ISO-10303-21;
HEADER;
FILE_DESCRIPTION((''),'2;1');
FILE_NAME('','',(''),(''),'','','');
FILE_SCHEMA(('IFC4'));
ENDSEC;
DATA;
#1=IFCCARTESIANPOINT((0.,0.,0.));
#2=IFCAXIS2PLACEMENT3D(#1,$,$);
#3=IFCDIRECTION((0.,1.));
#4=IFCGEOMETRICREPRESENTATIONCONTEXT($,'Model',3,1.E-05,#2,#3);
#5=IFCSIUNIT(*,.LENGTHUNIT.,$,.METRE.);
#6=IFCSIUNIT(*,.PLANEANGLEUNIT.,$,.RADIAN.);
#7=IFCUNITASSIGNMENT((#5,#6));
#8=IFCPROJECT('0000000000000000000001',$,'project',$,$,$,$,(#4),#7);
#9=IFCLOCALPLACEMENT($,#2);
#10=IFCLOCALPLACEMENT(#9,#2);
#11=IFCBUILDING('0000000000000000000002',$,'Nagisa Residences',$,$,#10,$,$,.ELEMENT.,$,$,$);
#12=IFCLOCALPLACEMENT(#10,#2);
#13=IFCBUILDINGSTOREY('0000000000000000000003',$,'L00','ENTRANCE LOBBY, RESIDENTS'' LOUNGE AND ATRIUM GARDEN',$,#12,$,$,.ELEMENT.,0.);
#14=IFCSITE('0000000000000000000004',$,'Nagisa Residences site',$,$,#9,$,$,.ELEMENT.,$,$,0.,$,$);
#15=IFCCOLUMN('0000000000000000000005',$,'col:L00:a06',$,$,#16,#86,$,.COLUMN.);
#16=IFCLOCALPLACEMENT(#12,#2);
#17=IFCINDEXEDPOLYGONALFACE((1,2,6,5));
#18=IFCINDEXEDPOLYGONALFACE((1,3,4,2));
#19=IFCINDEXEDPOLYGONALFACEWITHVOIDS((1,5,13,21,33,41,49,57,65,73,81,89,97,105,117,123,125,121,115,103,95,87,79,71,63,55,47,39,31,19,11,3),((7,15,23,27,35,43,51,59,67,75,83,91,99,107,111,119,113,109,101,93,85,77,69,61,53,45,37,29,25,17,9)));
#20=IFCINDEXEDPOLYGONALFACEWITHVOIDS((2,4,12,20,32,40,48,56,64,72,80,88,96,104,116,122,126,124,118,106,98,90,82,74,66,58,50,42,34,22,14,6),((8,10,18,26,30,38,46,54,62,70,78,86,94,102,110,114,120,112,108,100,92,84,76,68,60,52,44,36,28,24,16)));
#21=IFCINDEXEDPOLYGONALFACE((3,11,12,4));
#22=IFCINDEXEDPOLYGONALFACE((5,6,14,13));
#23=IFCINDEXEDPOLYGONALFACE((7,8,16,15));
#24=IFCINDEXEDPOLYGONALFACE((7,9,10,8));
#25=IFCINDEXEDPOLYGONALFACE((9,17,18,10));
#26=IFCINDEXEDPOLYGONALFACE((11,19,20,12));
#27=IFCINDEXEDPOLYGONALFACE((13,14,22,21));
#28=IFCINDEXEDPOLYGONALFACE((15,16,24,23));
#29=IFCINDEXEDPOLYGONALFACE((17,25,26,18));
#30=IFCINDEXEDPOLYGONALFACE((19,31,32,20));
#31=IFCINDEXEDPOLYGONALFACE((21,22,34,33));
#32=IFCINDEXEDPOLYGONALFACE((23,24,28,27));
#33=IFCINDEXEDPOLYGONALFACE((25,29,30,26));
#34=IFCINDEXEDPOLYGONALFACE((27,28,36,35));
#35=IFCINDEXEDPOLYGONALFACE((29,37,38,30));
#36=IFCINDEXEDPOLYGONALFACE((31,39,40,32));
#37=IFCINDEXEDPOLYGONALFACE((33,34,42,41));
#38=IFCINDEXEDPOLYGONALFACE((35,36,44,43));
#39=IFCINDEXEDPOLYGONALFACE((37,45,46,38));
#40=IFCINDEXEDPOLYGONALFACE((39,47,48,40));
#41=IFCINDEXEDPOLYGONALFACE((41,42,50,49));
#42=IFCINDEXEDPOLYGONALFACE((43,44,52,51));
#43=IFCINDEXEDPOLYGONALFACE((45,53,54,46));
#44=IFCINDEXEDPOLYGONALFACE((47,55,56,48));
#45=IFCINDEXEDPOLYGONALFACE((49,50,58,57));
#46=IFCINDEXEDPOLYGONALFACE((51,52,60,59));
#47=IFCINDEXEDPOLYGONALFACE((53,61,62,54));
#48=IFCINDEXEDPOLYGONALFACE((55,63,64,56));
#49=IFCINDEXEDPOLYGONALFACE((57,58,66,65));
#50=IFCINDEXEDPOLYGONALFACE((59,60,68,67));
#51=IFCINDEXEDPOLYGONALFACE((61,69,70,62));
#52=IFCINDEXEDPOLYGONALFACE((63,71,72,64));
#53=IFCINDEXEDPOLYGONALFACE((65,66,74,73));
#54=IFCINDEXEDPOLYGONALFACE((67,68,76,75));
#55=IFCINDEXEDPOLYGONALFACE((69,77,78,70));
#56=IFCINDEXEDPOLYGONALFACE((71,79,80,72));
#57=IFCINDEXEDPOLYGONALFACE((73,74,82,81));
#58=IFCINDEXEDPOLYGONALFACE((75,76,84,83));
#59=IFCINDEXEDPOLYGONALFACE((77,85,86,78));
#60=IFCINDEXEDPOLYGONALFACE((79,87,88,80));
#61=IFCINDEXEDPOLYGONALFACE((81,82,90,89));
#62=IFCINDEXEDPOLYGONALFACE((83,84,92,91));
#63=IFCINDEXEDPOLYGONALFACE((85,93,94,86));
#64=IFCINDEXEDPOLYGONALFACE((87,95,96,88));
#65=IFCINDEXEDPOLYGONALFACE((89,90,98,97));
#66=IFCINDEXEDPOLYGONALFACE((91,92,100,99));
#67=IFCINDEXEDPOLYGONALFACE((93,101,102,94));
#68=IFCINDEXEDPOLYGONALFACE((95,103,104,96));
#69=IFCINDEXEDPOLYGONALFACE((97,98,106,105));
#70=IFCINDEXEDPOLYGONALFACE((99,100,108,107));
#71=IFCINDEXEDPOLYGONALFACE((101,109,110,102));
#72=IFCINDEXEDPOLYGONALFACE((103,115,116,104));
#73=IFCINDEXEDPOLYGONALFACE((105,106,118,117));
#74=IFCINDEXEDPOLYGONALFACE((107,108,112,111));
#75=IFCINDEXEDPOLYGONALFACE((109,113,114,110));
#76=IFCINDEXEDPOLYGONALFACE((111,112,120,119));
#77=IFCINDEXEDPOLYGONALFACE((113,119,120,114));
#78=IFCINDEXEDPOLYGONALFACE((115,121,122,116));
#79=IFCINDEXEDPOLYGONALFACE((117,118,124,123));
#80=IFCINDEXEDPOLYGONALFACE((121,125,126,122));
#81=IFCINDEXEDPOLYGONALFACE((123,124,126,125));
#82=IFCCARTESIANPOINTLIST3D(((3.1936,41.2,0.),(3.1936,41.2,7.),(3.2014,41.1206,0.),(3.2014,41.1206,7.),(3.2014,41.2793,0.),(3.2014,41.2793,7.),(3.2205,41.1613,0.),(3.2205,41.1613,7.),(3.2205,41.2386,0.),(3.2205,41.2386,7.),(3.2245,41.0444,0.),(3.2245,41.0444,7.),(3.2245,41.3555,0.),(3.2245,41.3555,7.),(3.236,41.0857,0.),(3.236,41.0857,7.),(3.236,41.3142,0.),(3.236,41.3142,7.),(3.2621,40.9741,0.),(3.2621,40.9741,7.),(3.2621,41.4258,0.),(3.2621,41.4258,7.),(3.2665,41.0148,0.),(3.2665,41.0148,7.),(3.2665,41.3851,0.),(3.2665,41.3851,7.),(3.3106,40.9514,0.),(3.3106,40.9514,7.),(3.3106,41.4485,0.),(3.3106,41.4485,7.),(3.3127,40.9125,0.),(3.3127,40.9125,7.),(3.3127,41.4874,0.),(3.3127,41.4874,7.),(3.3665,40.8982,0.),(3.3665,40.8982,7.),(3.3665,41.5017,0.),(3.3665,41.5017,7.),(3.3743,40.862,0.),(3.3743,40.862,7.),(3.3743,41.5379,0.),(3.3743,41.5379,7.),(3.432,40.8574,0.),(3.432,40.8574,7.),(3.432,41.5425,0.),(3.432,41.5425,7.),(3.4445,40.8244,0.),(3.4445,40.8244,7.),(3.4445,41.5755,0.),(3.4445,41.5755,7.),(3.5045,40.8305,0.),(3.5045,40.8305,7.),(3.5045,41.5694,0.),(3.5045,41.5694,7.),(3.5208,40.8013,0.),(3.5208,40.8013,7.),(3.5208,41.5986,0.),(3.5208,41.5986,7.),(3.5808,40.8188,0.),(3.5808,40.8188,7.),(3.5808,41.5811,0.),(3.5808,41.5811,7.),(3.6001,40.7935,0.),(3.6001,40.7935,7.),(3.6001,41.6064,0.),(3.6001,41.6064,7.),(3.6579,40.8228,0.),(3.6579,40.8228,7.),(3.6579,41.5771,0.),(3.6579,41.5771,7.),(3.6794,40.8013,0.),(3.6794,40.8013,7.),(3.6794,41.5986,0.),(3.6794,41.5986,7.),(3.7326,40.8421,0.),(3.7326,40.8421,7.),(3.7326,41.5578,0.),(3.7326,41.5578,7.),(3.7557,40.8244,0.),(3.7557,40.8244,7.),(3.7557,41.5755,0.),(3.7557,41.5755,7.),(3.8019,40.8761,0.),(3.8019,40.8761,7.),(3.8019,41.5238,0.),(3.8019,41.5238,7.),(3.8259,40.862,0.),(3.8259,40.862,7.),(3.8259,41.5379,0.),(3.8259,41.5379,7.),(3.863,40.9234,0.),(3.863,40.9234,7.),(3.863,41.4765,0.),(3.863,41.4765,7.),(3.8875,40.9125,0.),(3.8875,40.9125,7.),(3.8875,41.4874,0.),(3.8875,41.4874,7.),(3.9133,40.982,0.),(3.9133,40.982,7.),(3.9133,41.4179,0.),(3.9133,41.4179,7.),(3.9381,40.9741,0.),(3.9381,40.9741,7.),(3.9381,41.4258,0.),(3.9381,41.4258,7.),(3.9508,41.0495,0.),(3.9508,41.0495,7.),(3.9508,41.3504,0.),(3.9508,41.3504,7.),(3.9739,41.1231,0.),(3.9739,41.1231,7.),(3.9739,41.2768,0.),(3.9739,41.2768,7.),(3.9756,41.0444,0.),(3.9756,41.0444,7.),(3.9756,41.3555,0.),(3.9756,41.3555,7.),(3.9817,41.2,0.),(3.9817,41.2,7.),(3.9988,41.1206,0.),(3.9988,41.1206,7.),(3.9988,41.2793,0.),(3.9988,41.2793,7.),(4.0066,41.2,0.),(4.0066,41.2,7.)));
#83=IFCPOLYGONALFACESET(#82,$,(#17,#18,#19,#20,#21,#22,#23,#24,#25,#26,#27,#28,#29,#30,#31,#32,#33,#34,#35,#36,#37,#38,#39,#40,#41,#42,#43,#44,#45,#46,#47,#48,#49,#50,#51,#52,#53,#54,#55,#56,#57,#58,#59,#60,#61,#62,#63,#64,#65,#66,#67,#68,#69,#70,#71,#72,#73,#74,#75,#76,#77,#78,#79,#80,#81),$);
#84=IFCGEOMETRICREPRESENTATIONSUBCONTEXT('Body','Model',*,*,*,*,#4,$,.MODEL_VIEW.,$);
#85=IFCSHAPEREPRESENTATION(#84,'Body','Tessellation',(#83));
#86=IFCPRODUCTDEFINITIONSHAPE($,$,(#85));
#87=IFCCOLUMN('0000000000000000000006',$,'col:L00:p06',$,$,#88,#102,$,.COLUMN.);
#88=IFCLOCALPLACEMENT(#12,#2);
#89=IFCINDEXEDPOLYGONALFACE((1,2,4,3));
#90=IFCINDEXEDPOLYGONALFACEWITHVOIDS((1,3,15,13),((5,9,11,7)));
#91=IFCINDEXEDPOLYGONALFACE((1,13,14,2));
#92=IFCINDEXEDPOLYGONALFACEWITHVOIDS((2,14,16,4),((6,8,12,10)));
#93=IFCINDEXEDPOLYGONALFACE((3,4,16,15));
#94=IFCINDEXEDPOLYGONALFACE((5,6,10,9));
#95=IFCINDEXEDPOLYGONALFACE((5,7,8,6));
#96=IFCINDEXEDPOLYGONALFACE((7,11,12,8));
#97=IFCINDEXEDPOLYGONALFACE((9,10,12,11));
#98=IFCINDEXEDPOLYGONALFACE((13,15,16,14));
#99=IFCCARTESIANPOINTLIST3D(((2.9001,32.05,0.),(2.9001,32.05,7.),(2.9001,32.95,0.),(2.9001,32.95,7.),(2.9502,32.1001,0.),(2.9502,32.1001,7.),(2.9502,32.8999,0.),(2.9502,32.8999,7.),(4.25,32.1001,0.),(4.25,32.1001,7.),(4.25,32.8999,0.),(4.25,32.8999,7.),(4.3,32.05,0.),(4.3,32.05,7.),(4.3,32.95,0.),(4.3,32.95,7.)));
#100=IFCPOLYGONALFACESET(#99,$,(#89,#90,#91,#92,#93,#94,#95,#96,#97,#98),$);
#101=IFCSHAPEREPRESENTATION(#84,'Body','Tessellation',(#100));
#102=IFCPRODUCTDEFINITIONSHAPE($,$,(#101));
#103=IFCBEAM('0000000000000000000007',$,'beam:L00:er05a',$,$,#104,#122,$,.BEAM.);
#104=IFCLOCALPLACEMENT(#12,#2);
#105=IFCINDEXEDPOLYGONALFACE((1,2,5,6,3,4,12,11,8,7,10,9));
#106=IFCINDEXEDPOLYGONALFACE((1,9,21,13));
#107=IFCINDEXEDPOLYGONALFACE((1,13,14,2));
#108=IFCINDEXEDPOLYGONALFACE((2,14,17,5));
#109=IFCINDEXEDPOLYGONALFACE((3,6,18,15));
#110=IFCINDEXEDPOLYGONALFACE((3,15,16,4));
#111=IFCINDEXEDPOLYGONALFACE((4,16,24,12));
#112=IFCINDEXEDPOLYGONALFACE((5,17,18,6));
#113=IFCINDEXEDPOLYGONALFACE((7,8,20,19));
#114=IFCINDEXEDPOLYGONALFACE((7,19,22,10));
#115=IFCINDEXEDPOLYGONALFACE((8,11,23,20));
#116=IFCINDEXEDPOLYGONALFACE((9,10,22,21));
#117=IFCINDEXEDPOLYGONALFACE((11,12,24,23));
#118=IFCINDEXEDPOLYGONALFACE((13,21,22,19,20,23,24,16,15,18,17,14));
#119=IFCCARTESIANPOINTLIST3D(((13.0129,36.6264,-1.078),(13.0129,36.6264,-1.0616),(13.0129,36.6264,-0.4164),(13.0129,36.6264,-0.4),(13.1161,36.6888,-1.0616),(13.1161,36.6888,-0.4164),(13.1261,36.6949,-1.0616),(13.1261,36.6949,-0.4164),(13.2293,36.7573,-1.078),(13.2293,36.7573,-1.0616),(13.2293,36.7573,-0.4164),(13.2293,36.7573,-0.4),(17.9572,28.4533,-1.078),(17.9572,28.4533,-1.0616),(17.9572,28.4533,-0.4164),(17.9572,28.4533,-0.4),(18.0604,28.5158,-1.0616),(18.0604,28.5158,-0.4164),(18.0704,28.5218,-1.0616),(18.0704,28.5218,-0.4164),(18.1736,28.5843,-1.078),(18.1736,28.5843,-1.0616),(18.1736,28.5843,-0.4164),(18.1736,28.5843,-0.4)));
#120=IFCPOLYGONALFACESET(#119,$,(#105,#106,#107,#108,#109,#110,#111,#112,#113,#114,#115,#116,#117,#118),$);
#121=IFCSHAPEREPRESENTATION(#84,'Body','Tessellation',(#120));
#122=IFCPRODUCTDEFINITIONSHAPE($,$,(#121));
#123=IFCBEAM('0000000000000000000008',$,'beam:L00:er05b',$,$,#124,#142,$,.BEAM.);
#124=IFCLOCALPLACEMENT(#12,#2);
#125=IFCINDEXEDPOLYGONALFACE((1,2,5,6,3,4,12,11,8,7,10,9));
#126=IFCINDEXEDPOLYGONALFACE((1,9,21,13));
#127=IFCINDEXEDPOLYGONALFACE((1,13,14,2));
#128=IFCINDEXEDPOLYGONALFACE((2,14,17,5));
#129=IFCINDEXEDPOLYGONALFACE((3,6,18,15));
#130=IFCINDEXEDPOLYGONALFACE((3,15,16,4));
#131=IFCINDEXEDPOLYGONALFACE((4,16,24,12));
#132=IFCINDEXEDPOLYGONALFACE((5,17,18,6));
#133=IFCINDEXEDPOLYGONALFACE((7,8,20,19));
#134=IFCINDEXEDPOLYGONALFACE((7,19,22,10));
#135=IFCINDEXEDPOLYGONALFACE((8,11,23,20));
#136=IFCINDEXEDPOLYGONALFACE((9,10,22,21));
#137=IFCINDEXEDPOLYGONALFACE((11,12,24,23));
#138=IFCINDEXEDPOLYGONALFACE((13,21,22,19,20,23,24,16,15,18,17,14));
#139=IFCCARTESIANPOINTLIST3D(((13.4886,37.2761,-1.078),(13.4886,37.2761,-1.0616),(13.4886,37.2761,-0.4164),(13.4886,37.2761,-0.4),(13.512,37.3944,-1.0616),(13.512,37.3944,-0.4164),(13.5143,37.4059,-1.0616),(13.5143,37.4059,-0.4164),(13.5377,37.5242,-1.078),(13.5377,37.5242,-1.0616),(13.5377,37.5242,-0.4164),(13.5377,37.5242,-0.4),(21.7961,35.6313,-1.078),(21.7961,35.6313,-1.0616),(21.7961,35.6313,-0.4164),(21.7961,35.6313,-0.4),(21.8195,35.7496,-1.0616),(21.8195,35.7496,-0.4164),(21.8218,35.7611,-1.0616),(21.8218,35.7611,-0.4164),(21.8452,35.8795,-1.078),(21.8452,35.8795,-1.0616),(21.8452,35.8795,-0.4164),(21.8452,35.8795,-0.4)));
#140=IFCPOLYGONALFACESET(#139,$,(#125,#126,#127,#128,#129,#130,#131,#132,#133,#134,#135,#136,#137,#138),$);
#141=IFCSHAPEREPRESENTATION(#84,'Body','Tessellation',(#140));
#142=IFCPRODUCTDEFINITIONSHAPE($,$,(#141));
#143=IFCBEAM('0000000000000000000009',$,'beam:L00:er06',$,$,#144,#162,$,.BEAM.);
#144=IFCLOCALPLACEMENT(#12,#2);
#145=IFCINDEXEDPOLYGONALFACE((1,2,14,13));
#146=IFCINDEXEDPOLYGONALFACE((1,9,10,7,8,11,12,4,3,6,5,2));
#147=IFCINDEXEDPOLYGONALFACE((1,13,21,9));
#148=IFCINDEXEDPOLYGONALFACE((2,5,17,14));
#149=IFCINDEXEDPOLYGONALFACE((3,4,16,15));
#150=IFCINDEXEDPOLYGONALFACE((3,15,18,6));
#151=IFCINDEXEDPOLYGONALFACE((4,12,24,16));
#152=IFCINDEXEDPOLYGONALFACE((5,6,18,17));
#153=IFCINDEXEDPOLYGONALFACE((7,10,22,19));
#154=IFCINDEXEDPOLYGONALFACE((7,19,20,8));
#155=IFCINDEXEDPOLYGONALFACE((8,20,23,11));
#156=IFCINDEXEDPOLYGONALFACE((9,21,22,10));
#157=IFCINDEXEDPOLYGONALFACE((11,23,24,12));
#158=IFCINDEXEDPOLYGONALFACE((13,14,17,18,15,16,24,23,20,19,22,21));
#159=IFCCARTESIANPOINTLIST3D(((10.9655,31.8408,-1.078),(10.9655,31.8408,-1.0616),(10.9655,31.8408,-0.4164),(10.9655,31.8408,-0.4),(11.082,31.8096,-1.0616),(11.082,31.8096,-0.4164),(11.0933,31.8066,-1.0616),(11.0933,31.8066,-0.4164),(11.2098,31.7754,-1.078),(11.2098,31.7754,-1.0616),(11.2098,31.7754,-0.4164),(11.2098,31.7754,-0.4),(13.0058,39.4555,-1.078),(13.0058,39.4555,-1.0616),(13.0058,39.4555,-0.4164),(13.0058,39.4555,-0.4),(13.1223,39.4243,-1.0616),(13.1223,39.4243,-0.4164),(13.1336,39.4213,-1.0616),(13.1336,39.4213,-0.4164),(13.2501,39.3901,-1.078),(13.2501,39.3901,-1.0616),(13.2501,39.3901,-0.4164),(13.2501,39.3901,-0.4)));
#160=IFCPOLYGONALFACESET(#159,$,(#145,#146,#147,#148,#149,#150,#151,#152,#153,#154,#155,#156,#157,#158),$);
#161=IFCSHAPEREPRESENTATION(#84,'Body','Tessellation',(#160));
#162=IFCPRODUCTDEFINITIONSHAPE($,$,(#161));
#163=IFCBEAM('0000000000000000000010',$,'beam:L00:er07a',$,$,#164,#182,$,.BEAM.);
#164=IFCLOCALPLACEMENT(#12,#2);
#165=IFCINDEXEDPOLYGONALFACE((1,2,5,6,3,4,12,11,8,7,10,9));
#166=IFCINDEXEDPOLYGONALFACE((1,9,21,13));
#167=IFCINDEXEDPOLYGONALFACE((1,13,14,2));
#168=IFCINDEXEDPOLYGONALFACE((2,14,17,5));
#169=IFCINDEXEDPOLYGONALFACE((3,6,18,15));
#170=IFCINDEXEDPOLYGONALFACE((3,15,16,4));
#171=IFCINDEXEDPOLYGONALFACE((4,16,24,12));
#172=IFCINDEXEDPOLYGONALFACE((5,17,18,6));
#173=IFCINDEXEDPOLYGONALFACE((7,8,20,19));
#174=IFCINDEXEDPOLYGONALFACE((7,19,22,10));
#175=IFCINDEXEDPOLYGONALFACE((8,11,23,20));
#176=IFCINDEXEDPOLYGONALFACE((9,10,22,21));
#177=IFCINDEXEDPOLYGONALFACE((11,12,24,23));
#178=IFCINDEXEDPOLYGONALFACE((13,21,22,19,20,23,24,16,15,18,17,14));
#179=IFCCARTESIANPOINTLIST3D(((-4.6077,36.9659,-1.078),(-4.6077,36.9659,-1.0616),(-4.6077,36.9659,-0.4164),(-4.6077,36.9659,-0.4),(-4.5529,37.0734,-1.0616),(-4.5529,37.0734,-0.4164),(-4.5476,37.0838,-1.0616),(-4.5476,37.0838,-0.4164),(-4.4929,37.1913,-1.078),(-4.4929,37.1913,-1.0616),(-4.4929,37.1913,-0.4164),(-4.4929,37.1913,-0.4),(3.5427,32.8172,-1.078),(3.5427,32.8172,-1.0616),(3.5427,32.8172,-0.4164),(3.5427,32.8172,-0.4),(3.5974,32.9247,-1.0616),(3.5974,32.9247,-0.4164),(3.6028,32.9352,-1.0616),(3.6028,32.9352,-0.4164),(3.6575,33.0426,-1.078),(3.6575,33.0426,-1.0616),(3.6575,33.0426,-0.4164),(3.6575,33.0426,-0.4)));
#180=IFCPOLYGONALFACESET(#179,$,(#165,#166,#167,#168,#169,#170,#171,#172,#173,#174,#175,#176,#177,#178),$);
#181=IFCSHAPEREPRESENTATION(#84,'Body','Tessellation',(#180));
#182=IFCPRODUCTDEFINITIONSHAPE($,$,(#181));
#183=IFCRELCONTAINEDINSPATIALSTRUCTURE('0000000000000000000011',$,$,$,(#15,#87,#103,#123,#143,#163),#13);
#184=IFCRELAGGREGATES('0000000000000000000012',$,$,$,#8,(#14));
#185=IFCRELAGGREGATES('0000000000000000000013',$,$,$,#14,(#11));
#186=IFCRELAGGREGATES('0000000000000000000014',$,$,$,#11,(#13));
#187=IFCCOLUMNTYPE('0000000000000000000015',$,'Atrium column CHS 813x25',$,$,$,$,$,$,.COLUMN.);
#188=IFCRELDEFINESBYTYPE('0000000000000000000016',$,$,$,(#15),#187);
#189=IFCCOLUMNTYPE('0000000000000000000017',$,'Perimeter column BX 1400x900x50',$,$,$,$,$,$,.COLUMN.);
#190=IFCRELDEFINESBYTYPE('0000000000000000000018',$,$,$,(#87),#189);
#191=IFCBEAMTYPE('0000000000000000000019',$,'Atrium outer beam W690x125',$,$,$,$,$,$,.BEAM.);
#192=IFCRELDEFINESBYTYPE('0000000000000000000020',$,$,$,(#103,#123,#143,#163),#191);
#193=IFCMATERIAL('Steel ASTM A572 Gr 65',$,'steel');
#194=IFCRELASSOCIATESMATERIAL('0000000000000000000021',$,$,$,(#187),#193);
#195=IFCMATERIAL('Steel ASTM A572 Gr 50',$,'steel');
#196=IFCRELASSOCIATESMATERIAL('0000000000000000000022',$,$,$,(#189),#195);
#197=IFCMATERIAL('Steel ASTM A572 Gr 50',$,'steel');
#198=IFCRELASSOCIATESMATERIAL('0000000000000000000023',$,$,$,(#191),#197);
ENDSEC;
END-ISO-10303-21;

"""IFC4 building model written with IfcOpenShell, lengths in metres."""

from ifc_helpers import new_model, si_unit, direction, frame, origin, origin_2d, place, context, subcontext, project, spatial, hollow_rectangle, hollow_circle, i_section, extrude, material, material_profile, profile_set, type_object, element, save


model = new_model("IFC4")

# Units and contexts
model_context = context("Model", 3, precision=1e-05, world=origin(), true_north=direction((0.0, 1.0)))
body_context = subcontext(model_context, "Body", "Model", "MODEL_VIEW")
ifc_project = project(units=[si_unit("LENGTHUNIT", "METRE"), si_unit("PLANEANGLEUNIT", "RADIAN")], contexts=[model_context])

# Site, building, storey
site_placement = place(None, origin())
site = spatial("IfcSite", under=ifc_project, at=site_placement, Name="Nagisa Residences site", CompositionType="ELEMENT", RefElevation=0.0)
building_placement = place(site_placement, origin())
building = spatial("IfcBuilding", under=site, at=building_placement, Name="Nagisa Residences", CompositionType="ELEMENT")
storey_placement = place(building_placement, origin())
storey = spatial("IfcBuildingStorey", under=building, at=storey_placement, Name="L00", Description="ENTRANCE LOBBY, RESIDENTS' LOUNGE AND ATRIUM GARDEN", CompositionType="ELEMENT", Elevation=0.0)

# Columns
ifc_material_1 = material(Name="Steel ASTM A572 Gr 65", Category="steel")
ifc_material_profile_1 = material_profile(ifc_material_1, hollow_circle(Radius=0.4065, WallThickness=0.0249, at=origin_2d()), Name="CHS 813x25")
ifc_profile_set_1 = profile_set([ifc_material_profile_1], Name="Steel ASTM A572 Gr 65")
column_type_1 = type_object("IfcColumnType", Name="Atrium column CHS 813x25", PredefinedType="COLUMN", material=ifc_profile_set_1)
column_1_placement = place(storey_placement, frame((3.6001, 41.2, 0.0), z_axis=(0.0, 0.0, 1.0), x_axis=(1.0, 0.0, 0.0)))
element("IfcColumn", 1, at=column_1_placement, inside=storey, type_object=column_type_1, Name="col:L00:a06", PredefinedType="COLUMN", context=body_context, shape_type="SweptSolid", body=[
    extrude(hollow_circle(Radius=0.4065, WallThickness=0.0249, at=origin_2d()), origin(), (0.0, 0.0, 1.0), 7.0),
])
ifc_material_2 = material(Name="Steel ASTM A572 Gr 50", Category="steel")
ifc_material_profile_2 = material_profile(ifc_material_2, hollow_rectangle(XDim=1.3999, YDim=0.8999, WallThickness=0.05, at=origin_2d()), Name="BX 1400x900x50")
ifc_profile_set_2 = profile_set([ifc_material_profile_2], Name="Steel ASTM A572 Gr 50")
column_type_2 = type_object("IfcColumnType", Name="Perimeter column BX 1400x900x50", PredefinedType="COLUMN", material=ifc_profile_set_2)
column_2_placement = place(storey_placement, frame((3.6001, 32.5, 0.0), z_axis=(0.0, 0.0, 1.0), x_axis=(-1.0, 0.0, 0.0)))
element("IfcColumn", 2, at=column_2_placement, inside=storey, type_object=column_type_2, Name="col:L00:p06", PredefinedType="COLUMN", context=body_context, shape_type="SweptSolid", body=[
    extrude(hollow_rectangle(XDim=1.3999, YDim=0.8999, WallThickness=0.05, at=origin_2d()), origin(), (0.0, 0.0, 1.0), 7.0),
])

# Beams
ifc_material_3 = material(Name="Steel ASTM A572 Gr 50", Category="steel")
ifc_material_profile_3 = material_profile(ifc_material_3, i_section(OverallWidth=0.2529, OverallDepth=0.678, WebThickness=0.0117, FlangeThickness=0.0164, at=origin_2d()), Name="W690x125")
ifc_profile_set_3 = profile_set([ifc_material_profile_3], Name="Steel ASTM A572 Gr 50")
beam_type_1 = type_object("IfcBeamType", Name="Atrium outer beam W690x125", PredefinedType="BEAM", material=ifc_profile_set_3)
beam_1_placement = place(storey_placement, frame((18.0654, 28.5188, -0.739), z_axis=(-0.517608, 0.855618, 0.0), x_axis=(-0.855618, -0.517608, 0.0)))
element("IfcBeam", 3, at=beam_1_placement, inside=storey, type_object=beam_type_1, Name="beam:L00:er05a", PredefinedType="BEAM", context=body_context, shape_type="SweptSolid", body=[
    extrude(i_section(OverallWidth=0.2529, OverallDepth=0.678, WebThickness=0.0117, FlangeThickness=0.0164, at=origin_2d()), origin(), (0.0, 0.0, 1.0), 9.5522),
])
beam_2_placement = place(storey_placement, frame((13.5132, 37.4001, -0.739), z_axis=(0.980959, -0.194214, 0.0), x_axis=(0.194214, 0.980959, 0.0)))
element("IfcBeam", 4, at=beam_2_placement, inside=storey, type_object=beam_type_1, Name="beam:L00:er05b", PredefinedType="BEAM", context=body_context, shape_type="SweptSolid", body=[
    extrude(i_section(OverallWidth=0.2529, OverallDepth=0.678, WebThickness=0.0117, FlangeThickness=0.0164, at=origin_2d()), origin(), (0.0, 0.0, 1.0), 8.4688),
])
beam_3_placement = place(storey_placement, frame((11.0876, 31.8081, -0.739), z_axis=(0.258809, 0.965928, 0.0), x_axis=(-0.965928, 0.258809, 0.0)))
element("IfcBeam", 5, at=beam_3_placement, inside=storey, type_object=beam_type_1, Name="beam:L00:er06", PredefinedType="BEAM", context=body_context, shape_type="SweptSolid", body=[
    extrude(i_section(OverallWidth=0.2529, OverallDepth=0.678, WebThickness=0.0117, FlangeThickness=0.0164, at=origin_2d()), origin(), (0.0, 0.0, 1.0), 7.8833),
])
beam_4_placement = place(storey_placement, frame((3.6001, 32.9299, -0.739), z_axis=(-0.89119, 0.45363, 0.0), x_axis=(-0.45363, -0.89119, 0.0)))
element("IfcBeam", 6, at=beam_4_placement, inside=storey, type_object=beam_type_1, Name="beam:L00:er07a", PredefinedType="BEAM", context=body_context, shape_type="SweptSolid", body=[
    extrude(i_section(OverallWidth=0.2529, OverallDepth=0.678, WebThickness=0.0117, FlangeThickness=0.0164, at=origin_2d()), origin(), (0.0, 0.0, 1.0), 9.1455),
])

save(model, "model.ifc")
